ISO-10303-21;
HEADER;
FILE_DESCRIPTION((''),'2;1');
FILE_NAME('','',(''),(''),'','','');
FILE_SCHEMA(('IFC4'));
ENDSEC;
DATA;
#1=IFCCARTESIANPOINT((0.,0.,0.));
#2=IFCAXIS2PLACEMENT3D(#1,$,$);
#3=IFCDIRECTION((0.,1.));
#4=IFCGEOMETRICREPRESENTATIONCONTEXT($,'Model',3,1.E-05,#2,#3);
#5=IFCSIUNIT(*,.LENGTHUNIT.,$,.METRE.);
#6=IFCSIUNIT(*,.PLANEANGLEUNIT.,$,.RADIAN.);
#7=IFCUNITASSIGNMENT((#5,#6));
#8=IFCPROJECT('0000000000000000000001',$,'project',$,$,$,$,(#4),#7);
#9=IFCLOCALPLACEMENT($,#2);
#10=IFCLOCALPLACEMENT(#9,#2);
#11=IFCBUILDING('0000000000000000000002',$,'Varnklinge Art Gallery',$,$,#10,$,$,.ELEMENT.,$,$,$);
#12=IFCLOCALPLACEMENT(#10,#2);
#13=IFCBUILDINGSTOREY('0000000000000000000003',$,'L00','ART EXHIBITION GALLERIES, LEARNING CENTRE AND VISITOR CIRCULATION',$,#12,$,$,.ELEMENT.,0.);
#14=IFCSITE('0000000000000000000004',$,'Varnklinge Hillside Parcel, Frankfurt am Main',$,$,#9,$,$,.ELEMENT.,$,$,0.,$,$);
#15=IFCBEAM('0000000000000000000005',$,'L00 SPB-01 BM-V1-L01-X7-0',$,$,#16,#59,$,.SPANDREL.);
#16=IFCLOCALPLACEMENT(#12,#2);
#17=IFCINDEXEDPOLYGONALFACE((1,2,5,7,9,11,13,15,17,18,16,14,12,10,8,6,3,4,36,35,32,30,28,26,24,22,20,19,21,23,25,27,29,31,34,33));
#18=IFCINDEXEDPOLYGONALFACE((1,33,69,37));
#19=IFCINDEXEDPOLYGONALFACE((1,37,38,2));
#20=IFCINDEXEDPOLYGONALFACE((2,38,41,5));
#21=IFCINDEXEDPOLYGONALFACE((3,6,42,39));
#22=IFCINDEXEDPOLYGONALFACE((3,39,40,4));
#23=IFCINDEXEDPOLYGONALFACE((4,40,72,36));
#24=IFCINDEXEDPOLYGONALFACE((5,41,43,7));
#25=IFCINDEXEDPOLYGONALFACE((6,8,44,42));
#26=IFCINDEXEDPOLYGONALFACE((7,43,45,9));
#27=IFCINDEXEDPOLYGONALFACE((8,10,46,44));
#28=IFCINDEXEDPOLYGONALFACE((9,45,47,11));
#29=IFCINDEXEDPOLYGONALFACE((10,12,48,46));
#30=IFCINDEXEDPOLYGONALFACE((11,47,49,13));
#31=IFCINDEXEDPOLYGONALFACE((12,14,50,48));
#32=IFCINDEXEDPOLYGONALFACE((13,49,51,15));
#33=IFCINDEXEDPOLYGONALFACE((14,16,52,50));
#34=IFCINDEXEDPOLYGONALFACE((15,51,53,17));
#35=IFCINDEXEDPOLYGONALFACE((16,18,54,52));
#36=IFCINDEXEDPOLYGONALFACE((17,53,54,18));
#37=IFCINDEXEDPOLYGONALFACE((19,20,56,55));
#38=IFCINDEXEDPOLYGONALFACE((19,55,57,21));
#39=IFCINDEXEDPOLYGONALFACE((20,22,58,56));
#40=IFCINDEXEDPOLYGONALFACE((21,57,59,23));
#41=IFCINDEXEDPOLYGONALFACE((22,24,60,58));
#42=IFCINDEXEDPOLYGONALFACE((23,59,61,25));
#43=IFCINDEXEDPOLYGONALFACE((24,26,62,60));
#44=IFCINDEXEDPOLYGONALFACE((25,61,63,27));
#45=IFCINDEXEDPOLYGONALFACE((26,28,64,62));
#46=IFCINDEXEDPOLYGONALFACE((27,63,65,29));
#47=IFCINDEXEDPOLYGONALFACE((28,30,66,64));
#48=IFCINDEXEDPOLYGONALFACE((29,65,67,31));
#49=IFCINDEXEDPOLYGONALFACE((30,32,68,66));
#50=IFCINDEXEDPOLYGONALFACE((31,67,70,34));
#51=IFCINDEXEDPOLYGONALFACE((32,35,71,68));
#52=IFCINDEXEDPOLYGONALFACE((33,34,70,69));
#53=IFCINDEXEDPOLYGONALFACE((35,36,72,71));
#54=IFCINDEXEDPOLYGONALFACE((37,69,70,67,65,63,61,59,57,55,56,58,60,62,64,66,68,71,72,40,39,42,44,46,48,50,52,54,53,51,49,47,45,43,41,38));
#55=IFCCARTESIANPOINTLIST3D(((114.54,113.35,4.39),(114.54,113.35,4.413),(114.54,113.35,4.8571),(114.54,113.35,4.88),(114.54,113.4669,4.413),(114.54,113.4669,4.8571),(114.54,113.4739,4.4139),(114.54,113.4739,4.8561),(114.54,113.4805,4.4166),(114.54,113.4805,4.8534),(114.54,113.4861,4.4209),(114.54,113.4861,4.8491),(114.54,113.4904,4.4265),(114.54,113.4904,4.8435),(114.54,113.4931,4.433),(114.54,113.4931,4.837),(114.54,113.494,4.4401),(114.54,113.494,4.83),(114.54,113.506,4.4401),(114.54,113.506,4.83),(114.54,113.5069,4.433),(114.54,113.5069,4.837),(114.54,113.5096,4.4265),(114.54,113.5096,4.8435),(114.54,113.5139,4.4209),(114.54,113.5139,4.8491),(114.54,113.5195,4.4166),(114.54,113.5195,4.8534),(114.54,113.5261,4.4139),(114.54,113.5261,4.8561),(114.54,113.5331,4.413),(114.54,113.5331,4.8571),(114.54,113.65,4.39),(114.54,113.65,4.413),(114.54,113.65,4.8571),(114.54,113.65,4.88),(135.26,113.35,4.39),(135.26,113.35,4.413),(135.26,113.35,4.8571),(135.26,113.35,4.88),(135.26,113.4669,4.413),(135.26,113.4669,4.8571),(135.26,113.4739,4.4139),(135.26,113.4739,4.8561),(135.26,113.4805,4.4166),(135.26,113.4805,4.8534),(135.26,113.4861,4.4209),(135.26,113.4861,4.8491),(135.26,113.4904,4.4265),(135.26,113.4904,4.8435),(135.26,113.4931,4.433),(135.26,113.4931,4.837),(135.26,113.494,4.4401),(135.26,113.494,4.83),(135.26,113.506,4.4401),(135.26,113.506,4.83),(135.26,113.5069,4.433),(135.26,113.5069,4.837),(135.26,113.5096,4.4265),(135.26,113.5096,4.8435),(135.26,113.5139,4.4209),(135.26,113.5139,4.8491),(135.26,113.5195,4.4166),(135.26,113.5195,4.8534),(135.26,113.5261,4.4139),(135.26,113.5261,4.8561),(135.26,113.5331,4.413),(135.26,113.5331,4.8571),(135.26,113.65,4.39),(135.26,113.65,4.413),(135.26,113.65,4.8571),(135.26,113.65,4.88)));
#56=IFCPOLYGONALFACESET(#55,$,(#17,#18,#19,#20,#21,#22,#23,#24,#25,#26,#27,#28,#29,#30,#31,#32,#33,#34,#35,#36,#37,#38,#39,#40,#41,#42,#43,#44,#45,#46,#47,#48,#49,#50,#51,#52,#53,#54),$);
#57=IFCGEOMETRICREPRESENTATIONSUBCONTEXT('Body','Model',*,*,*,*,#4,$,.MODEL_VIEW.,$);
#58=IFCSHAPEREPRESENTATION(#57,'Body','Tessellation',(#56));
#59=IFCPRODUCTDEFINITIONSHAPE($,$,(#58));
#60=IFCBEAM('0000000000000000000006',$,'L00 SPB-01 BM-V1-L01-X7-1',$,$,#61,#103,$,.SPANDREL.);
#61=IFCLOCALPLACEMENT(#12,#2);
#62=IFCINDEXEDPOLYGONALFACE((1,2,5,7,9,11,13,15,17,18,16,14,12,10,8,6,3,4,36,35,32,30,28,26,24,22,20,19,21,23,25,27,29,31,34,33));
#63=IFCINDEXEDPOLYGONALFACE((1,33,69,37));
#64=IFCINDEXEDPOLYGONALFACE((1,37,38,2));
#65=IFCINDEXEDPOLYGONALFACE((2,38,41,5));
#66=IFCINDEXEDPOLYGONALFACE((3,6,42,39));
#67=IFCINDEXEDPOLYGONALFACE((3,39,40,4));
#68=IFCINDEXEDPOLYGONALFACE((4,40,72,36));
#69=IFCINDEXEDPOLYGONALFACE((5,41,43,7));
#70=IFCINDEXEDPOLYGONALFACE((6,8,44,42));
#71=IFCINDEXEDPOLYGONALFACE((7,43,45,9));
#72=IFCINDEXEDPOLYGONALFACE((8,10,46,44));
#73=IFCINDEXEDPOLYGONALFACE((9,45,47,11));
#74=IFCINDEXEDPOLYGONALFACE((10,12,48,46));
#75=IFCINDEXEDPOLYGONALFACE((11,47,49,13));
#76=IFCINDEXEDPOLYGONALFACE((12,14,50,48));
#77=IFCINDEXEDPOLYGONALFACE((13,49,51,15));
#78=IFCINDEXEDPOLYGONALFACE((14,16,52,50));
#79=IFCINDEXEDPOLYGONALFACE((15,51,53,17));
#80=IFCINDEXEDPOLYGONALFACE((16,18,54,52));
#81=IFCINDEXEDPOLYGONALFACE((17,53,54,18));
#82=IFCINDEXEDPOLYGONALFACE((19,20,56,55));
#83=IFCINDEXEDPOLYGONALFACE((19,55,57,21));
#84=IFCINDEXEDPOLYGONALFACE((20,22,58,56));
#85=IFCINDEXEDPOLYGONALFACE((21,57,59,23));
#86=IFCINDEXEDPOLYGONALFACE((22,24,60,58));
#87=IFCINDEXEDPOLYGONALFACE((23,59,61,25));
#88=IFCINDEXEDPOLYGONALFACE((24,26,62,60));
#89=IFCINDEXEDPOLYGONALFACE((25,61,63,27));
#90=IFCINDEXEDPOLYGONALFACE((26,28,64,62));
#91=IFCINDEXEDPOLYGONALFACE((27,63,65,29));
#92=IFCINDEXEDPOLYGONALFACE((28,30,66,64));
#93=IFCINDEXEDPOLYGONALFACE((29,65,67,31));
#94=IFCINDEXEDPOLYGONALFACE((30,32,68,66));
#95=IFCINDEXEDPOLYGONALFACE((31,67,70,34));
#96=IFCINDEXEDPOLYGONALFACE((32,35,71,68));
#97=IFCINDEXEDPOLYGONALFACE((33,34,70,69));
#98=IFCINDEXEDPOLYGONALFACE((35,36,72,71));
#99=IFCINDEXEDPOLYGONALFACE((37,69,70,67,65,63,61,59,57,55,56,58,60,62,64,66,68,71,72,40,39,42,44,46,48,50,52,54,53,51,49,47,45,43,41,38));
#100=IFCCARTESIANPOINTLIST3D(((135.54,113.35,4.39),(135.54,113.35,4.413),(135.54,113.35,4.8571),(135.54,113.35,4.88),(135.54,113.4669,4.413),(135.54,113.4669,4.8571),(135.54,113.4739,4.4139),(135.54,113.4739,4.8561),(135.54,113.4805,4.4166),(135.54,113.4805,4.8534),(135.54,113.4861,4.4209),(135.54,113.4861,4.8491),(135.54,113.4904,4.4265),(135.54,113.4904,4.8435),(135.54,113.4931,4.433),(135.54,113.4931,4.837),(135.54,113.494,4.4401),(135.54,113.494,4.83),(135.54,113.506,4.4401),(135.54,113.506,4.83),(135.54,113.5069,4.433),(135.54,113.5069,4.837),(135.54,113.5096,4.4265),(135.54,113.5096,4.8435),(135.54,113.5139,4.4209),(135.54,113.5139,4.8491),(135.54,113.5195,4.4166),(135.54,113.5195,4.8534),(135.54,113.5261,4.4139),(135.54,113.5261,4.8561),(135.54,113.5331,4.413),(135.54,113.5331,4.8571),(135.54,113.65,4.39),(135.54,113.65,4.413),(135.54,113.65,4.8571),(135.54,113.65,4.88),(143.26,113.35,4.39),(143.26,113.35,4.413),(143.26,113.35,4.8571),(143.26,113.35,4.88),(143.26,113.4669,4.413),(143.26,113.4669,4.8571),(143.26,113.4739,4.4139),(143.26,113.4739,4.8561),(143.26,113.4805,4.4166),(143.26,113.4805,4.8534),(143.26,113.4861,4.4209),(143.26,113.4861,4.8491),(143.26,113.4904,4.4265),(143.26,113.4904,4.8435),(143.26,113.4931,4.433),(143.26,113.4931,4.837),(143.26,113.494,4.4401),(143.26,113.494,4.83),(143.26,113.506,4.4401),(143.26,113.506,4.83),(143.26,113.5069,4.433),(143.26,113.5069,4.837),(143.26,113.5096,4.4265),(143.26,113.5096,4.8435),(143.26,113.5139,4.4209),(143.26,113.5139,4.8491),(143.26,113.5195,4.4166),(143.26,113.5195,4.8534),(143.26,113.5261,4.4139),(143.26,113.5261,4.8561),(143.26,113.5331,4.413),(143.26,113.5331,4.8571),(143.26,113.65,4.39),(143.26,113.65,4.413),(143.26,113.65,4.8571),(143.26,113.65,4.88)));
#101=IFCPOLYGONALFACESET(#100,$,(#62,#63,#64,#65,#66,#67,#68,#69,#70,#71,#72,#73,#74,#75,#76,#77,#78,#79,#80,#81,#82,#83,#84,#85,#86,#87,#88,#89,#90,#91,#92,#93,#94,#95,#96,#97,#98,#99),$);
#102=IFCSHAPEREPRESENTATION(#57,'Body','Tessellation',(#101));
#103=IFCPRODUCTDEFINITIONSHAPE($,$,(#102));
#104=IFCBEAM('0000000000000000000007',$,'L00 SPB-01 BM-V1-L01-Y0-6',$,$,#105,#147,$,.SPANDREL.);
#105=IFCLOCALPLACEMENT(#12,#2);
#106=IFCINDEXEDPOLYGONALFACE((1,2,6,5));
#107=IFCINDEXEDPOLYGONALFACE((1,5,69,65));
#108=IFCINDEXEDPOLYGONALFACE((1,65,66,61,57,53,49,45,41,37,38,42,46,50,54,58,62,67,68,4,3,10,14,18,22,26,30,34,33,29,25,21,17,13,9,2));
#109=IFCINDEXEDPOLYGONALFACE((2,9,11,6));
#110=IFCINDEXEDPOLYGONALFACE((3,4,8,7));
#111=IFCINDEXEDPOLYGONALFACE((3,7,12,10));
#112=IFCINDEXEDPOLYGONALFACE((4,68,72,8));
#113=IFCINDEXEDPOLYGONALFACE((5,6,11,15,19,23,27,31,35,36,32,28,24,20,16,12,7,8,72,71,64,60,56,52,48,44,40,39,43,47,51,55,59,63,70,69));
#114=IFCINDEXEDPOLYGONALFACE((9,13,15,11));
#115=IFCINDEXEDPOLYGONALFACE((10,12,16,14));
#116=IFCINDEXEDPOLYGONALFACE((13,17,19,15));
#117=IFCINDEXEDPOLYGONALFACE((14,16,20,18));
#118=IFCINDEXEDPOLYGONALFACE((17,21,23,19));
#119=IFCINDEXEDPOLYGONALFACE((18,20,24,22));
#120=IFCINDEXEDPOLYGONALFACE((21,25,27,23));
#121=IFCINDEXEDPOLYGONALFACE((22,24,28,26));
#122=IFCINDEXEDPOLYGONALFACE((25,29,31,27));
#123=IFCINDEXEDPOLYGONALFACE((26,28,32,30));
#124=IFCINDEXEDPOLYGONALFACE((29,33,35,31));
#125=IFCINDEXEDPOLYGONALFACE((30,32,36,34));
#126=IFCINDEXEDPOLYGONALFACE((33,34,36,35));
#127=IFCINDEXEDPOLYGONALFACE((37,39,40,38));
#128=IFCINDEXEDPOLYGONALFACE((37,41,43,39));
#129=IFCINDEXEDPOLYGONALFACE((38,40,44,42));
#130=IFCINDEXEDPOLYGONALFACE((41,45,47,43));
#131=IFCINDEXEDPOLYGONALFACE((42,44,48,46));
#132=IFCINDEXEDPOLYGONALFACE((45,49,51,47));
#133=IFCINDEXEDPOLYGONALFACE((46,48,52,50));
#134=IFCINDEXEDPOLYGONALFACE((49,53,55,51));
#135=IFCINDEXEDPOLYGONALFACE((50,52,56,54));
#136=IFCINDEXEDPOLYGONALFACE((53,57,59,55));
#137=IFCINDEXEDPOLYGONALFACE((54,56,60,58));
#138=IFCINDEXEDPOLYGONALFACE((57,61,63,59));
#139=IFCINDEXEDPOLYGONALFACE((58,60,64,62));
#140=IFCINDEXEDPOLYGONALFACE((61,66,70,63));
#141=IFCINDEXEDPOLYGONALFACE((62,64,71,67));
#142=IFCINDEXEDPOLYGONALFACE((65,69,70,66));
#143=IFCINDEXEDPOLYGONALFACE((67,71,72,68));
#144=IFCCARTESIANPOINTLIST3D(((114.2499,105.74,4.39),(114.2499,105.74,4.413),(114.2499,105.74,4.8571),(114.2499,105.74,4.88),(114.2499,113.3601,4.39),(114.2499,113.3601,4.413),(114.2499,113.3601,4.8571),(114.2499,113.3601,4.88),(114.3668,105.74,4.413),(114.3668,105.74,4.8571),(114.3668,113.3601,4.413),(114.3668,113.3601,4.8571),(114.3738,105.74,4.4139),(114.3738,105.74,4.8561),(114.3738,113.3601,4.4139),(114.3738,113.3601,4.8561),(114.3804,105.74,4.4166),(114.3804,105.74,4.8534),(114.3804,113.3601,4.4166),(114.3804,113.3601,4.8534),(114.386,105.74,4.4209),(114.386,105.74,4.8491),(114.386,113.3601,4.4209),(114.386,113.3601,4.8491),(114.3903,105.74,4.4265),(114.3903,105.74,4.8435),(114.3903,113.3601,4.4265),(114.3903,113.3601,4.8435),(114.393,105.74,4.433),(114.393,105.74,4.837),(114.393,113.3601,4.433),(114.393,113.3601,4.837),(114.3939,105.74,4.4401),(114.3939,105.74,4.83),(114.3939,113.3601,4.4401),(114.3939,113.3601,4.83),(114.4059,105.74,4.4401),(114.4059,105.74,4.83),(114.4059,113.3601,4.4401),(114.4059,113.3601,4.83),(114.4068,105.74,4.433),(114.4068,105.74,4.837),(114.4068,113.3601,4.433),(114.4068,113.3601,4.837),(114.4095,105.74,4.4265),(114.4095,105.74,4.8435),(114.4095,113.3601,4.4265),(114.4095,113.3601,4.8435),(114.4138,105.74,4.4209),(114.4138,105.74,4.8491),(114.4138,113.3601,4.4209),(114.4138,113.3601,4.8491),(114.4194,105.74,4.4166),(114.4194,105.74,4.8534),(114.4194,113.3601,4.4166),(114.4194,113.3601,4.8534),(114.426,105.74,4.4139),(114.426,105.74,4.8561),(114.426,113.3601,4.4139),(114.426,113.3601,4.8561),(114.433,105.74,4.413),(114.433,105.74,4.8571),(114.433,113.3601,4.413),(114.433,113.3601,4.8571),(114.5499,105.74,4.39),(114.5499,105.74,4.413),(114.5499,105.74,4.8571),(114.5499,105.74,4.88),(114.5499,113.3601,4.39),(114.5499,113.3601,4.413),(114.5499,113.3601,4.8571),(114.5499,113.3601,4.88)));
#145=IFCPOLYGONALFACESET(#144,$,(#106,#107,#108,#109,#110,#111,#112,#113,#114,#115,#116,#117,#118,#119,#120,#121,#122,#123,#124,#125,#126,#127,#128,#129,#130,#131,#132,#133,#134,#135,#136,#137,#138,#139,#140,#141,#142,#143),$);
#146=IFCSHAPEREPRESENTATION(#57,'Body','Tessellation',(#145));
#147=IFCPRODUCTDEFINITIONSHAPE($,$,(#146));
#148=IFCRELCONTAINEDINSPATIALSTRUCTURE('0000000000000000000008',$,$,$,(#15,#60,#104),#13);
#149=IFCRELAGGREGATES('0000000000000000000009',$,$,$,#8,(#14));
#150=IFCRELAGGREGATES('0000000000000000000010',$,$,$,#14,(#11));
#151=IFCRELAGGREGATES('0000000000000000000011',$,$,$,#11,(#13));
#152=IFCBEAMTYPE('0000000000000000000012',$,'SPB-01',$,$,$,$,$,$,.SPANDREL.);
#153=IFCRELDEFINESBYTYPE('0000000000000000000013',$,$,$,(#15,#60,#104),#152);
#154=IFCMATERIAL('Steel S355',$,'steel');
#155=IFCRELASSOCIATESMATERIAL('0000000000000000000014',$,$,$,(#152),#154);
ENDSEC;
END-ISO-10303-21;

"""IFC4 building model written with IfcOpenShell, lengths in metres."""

from ifc_helpers import new_model, si_unit, direction, frame, origin, origin_2d, place, context, subcontext, project, spatial, i_section, extrude, material, material_profile, profile_set, type_object, element, save


model = new_model("IFC4")

# Units and contexts
model_context = context("Model", 3, precision=1e-05, world=origin(), true_north=direction((0.0, 1.0)))
body_context = subcontext(model_context, "Body", "Model", "MODEL_VIEW")
ifc_project = project(units=[si_unit("LENGTHUNIT", "METRE"), si_unit("PLANEANGLEUNIT", "RADIAN")], contexts=[model_context])

# Site, building, storey
site_placement = place(None, origin())
site = spatial("IfcSite", under=ifc_project, at=site_placement, Name="Varnklinge Hillside Parcel, Frankfurt am Main", CompositionType="ELEMENT", RefElevation=0.0)
building_placement = place(site_placement, origin())
building = spatial("IfcBuilding", under=site, at=building_placement, Name="Varnklinge Art Gallery", CompositionType="ELEMENT")
storey_placement = place(building_placement, origin())
storey = spatial("IfcBuildingStorey", under=building, at=storey_placement, Name="L00", Description="ART EXHIBITION GALLERIES, LEARNING CENTRE AND VISITOR CIRCULATION", CompositionType="ELEMENT", Elevation=0.0)

# Beams
ifc_material_1 = material(Name="Steel S355", Category="steel")
ifc_material_profile_1 = material_profile(ifc_material_1, i_section(OverallWidth=0.3, OverallDepth=0.49, WebThickness=0.012, FlangeThickness=0.0229, FilletRadius=0.0271, at=origin_2d()), Name="HEA 500")
ifc_profile_set_1 = profile_set([ifc_material_profile_1], Name="Steel S355")
beam_type_1 = type_object("IfcBeamType", Name="SPB-01", PredefinedType="SPANDREL", material=ifc_profile_set_1)
beam_1_placement = place(storey_placement, frame((114.54, 113.5, 4.635), z_axis=(1.0, 0.0, 0.0), x_axis=(0.0, 1.0, 0.0)))
element("IfcBeam", 1, at=beam_1_placement, inside=storey, type_object=beam_type_1, Name="L00 SPB-01 BM-V1-L01-X7-0", PredefinedType="SPANDREL", context=body_context, shape_type="SweptSolid", body=[
    extrude(i_section(OverallWidth=0.3, OverallDepth=0.49, WebThickness=0.012, FlangeThickness=0.0229, FilletRadius=0.0271, at=origin_2d()), origin(), (0.0, 0.0, 1.0), 20.72),
])
beam_2_placement = place(storey_placement, frame((135.54, 113.5, 4.635), z_axis=(1.0, 0.0, 0.0), x_axis=(0.0, 1.0, 0.0)))
element("IfcBeam", 2, at=beam_2_placement, inside=storey, type_object=beam_type_1, Name="L00 SPB-01 BM-V1-L01-X7-1", PredefinedType="SPANDREL", context=body_context, shape_type="SweptSolid", body=[
    extrude(i_section(OverallWidth=0.3, OverallDepth=0.49, WebThickness=0.012, FlangeThickness=0.0229, FilletRadius=0.0271, at=origin_2d()), origin(), (0.0, 0.0, 1.0), 7.72),
])
beam_3_placement = place(storey_placement, frame((114.3999, 105.74, 4.635), z_axis=(0.0, 1.0, 0.0), x_axis=(-1.0, 0.0, 0.0)))
element("IfcBeam", 3, at=beam_3_placement, inside=storey, type_object=beam_type_1, Name="L00 SPB-01 BM-V1-L01-Y0-6", PredefinedType="SPANDREL", context=body_context, shape_type="SweptSolid", body=[
    extrude(i_section(OverallWidth=0.3, OverallDepth=0.49, WebThickness=0.012, FlangeThickness=0.0229, FilletRadius=0.0271, at=origin_2d()), origin(), (0.0, 0.0, 1.0), 7.6201),
])

save(model, "model.ifc")
